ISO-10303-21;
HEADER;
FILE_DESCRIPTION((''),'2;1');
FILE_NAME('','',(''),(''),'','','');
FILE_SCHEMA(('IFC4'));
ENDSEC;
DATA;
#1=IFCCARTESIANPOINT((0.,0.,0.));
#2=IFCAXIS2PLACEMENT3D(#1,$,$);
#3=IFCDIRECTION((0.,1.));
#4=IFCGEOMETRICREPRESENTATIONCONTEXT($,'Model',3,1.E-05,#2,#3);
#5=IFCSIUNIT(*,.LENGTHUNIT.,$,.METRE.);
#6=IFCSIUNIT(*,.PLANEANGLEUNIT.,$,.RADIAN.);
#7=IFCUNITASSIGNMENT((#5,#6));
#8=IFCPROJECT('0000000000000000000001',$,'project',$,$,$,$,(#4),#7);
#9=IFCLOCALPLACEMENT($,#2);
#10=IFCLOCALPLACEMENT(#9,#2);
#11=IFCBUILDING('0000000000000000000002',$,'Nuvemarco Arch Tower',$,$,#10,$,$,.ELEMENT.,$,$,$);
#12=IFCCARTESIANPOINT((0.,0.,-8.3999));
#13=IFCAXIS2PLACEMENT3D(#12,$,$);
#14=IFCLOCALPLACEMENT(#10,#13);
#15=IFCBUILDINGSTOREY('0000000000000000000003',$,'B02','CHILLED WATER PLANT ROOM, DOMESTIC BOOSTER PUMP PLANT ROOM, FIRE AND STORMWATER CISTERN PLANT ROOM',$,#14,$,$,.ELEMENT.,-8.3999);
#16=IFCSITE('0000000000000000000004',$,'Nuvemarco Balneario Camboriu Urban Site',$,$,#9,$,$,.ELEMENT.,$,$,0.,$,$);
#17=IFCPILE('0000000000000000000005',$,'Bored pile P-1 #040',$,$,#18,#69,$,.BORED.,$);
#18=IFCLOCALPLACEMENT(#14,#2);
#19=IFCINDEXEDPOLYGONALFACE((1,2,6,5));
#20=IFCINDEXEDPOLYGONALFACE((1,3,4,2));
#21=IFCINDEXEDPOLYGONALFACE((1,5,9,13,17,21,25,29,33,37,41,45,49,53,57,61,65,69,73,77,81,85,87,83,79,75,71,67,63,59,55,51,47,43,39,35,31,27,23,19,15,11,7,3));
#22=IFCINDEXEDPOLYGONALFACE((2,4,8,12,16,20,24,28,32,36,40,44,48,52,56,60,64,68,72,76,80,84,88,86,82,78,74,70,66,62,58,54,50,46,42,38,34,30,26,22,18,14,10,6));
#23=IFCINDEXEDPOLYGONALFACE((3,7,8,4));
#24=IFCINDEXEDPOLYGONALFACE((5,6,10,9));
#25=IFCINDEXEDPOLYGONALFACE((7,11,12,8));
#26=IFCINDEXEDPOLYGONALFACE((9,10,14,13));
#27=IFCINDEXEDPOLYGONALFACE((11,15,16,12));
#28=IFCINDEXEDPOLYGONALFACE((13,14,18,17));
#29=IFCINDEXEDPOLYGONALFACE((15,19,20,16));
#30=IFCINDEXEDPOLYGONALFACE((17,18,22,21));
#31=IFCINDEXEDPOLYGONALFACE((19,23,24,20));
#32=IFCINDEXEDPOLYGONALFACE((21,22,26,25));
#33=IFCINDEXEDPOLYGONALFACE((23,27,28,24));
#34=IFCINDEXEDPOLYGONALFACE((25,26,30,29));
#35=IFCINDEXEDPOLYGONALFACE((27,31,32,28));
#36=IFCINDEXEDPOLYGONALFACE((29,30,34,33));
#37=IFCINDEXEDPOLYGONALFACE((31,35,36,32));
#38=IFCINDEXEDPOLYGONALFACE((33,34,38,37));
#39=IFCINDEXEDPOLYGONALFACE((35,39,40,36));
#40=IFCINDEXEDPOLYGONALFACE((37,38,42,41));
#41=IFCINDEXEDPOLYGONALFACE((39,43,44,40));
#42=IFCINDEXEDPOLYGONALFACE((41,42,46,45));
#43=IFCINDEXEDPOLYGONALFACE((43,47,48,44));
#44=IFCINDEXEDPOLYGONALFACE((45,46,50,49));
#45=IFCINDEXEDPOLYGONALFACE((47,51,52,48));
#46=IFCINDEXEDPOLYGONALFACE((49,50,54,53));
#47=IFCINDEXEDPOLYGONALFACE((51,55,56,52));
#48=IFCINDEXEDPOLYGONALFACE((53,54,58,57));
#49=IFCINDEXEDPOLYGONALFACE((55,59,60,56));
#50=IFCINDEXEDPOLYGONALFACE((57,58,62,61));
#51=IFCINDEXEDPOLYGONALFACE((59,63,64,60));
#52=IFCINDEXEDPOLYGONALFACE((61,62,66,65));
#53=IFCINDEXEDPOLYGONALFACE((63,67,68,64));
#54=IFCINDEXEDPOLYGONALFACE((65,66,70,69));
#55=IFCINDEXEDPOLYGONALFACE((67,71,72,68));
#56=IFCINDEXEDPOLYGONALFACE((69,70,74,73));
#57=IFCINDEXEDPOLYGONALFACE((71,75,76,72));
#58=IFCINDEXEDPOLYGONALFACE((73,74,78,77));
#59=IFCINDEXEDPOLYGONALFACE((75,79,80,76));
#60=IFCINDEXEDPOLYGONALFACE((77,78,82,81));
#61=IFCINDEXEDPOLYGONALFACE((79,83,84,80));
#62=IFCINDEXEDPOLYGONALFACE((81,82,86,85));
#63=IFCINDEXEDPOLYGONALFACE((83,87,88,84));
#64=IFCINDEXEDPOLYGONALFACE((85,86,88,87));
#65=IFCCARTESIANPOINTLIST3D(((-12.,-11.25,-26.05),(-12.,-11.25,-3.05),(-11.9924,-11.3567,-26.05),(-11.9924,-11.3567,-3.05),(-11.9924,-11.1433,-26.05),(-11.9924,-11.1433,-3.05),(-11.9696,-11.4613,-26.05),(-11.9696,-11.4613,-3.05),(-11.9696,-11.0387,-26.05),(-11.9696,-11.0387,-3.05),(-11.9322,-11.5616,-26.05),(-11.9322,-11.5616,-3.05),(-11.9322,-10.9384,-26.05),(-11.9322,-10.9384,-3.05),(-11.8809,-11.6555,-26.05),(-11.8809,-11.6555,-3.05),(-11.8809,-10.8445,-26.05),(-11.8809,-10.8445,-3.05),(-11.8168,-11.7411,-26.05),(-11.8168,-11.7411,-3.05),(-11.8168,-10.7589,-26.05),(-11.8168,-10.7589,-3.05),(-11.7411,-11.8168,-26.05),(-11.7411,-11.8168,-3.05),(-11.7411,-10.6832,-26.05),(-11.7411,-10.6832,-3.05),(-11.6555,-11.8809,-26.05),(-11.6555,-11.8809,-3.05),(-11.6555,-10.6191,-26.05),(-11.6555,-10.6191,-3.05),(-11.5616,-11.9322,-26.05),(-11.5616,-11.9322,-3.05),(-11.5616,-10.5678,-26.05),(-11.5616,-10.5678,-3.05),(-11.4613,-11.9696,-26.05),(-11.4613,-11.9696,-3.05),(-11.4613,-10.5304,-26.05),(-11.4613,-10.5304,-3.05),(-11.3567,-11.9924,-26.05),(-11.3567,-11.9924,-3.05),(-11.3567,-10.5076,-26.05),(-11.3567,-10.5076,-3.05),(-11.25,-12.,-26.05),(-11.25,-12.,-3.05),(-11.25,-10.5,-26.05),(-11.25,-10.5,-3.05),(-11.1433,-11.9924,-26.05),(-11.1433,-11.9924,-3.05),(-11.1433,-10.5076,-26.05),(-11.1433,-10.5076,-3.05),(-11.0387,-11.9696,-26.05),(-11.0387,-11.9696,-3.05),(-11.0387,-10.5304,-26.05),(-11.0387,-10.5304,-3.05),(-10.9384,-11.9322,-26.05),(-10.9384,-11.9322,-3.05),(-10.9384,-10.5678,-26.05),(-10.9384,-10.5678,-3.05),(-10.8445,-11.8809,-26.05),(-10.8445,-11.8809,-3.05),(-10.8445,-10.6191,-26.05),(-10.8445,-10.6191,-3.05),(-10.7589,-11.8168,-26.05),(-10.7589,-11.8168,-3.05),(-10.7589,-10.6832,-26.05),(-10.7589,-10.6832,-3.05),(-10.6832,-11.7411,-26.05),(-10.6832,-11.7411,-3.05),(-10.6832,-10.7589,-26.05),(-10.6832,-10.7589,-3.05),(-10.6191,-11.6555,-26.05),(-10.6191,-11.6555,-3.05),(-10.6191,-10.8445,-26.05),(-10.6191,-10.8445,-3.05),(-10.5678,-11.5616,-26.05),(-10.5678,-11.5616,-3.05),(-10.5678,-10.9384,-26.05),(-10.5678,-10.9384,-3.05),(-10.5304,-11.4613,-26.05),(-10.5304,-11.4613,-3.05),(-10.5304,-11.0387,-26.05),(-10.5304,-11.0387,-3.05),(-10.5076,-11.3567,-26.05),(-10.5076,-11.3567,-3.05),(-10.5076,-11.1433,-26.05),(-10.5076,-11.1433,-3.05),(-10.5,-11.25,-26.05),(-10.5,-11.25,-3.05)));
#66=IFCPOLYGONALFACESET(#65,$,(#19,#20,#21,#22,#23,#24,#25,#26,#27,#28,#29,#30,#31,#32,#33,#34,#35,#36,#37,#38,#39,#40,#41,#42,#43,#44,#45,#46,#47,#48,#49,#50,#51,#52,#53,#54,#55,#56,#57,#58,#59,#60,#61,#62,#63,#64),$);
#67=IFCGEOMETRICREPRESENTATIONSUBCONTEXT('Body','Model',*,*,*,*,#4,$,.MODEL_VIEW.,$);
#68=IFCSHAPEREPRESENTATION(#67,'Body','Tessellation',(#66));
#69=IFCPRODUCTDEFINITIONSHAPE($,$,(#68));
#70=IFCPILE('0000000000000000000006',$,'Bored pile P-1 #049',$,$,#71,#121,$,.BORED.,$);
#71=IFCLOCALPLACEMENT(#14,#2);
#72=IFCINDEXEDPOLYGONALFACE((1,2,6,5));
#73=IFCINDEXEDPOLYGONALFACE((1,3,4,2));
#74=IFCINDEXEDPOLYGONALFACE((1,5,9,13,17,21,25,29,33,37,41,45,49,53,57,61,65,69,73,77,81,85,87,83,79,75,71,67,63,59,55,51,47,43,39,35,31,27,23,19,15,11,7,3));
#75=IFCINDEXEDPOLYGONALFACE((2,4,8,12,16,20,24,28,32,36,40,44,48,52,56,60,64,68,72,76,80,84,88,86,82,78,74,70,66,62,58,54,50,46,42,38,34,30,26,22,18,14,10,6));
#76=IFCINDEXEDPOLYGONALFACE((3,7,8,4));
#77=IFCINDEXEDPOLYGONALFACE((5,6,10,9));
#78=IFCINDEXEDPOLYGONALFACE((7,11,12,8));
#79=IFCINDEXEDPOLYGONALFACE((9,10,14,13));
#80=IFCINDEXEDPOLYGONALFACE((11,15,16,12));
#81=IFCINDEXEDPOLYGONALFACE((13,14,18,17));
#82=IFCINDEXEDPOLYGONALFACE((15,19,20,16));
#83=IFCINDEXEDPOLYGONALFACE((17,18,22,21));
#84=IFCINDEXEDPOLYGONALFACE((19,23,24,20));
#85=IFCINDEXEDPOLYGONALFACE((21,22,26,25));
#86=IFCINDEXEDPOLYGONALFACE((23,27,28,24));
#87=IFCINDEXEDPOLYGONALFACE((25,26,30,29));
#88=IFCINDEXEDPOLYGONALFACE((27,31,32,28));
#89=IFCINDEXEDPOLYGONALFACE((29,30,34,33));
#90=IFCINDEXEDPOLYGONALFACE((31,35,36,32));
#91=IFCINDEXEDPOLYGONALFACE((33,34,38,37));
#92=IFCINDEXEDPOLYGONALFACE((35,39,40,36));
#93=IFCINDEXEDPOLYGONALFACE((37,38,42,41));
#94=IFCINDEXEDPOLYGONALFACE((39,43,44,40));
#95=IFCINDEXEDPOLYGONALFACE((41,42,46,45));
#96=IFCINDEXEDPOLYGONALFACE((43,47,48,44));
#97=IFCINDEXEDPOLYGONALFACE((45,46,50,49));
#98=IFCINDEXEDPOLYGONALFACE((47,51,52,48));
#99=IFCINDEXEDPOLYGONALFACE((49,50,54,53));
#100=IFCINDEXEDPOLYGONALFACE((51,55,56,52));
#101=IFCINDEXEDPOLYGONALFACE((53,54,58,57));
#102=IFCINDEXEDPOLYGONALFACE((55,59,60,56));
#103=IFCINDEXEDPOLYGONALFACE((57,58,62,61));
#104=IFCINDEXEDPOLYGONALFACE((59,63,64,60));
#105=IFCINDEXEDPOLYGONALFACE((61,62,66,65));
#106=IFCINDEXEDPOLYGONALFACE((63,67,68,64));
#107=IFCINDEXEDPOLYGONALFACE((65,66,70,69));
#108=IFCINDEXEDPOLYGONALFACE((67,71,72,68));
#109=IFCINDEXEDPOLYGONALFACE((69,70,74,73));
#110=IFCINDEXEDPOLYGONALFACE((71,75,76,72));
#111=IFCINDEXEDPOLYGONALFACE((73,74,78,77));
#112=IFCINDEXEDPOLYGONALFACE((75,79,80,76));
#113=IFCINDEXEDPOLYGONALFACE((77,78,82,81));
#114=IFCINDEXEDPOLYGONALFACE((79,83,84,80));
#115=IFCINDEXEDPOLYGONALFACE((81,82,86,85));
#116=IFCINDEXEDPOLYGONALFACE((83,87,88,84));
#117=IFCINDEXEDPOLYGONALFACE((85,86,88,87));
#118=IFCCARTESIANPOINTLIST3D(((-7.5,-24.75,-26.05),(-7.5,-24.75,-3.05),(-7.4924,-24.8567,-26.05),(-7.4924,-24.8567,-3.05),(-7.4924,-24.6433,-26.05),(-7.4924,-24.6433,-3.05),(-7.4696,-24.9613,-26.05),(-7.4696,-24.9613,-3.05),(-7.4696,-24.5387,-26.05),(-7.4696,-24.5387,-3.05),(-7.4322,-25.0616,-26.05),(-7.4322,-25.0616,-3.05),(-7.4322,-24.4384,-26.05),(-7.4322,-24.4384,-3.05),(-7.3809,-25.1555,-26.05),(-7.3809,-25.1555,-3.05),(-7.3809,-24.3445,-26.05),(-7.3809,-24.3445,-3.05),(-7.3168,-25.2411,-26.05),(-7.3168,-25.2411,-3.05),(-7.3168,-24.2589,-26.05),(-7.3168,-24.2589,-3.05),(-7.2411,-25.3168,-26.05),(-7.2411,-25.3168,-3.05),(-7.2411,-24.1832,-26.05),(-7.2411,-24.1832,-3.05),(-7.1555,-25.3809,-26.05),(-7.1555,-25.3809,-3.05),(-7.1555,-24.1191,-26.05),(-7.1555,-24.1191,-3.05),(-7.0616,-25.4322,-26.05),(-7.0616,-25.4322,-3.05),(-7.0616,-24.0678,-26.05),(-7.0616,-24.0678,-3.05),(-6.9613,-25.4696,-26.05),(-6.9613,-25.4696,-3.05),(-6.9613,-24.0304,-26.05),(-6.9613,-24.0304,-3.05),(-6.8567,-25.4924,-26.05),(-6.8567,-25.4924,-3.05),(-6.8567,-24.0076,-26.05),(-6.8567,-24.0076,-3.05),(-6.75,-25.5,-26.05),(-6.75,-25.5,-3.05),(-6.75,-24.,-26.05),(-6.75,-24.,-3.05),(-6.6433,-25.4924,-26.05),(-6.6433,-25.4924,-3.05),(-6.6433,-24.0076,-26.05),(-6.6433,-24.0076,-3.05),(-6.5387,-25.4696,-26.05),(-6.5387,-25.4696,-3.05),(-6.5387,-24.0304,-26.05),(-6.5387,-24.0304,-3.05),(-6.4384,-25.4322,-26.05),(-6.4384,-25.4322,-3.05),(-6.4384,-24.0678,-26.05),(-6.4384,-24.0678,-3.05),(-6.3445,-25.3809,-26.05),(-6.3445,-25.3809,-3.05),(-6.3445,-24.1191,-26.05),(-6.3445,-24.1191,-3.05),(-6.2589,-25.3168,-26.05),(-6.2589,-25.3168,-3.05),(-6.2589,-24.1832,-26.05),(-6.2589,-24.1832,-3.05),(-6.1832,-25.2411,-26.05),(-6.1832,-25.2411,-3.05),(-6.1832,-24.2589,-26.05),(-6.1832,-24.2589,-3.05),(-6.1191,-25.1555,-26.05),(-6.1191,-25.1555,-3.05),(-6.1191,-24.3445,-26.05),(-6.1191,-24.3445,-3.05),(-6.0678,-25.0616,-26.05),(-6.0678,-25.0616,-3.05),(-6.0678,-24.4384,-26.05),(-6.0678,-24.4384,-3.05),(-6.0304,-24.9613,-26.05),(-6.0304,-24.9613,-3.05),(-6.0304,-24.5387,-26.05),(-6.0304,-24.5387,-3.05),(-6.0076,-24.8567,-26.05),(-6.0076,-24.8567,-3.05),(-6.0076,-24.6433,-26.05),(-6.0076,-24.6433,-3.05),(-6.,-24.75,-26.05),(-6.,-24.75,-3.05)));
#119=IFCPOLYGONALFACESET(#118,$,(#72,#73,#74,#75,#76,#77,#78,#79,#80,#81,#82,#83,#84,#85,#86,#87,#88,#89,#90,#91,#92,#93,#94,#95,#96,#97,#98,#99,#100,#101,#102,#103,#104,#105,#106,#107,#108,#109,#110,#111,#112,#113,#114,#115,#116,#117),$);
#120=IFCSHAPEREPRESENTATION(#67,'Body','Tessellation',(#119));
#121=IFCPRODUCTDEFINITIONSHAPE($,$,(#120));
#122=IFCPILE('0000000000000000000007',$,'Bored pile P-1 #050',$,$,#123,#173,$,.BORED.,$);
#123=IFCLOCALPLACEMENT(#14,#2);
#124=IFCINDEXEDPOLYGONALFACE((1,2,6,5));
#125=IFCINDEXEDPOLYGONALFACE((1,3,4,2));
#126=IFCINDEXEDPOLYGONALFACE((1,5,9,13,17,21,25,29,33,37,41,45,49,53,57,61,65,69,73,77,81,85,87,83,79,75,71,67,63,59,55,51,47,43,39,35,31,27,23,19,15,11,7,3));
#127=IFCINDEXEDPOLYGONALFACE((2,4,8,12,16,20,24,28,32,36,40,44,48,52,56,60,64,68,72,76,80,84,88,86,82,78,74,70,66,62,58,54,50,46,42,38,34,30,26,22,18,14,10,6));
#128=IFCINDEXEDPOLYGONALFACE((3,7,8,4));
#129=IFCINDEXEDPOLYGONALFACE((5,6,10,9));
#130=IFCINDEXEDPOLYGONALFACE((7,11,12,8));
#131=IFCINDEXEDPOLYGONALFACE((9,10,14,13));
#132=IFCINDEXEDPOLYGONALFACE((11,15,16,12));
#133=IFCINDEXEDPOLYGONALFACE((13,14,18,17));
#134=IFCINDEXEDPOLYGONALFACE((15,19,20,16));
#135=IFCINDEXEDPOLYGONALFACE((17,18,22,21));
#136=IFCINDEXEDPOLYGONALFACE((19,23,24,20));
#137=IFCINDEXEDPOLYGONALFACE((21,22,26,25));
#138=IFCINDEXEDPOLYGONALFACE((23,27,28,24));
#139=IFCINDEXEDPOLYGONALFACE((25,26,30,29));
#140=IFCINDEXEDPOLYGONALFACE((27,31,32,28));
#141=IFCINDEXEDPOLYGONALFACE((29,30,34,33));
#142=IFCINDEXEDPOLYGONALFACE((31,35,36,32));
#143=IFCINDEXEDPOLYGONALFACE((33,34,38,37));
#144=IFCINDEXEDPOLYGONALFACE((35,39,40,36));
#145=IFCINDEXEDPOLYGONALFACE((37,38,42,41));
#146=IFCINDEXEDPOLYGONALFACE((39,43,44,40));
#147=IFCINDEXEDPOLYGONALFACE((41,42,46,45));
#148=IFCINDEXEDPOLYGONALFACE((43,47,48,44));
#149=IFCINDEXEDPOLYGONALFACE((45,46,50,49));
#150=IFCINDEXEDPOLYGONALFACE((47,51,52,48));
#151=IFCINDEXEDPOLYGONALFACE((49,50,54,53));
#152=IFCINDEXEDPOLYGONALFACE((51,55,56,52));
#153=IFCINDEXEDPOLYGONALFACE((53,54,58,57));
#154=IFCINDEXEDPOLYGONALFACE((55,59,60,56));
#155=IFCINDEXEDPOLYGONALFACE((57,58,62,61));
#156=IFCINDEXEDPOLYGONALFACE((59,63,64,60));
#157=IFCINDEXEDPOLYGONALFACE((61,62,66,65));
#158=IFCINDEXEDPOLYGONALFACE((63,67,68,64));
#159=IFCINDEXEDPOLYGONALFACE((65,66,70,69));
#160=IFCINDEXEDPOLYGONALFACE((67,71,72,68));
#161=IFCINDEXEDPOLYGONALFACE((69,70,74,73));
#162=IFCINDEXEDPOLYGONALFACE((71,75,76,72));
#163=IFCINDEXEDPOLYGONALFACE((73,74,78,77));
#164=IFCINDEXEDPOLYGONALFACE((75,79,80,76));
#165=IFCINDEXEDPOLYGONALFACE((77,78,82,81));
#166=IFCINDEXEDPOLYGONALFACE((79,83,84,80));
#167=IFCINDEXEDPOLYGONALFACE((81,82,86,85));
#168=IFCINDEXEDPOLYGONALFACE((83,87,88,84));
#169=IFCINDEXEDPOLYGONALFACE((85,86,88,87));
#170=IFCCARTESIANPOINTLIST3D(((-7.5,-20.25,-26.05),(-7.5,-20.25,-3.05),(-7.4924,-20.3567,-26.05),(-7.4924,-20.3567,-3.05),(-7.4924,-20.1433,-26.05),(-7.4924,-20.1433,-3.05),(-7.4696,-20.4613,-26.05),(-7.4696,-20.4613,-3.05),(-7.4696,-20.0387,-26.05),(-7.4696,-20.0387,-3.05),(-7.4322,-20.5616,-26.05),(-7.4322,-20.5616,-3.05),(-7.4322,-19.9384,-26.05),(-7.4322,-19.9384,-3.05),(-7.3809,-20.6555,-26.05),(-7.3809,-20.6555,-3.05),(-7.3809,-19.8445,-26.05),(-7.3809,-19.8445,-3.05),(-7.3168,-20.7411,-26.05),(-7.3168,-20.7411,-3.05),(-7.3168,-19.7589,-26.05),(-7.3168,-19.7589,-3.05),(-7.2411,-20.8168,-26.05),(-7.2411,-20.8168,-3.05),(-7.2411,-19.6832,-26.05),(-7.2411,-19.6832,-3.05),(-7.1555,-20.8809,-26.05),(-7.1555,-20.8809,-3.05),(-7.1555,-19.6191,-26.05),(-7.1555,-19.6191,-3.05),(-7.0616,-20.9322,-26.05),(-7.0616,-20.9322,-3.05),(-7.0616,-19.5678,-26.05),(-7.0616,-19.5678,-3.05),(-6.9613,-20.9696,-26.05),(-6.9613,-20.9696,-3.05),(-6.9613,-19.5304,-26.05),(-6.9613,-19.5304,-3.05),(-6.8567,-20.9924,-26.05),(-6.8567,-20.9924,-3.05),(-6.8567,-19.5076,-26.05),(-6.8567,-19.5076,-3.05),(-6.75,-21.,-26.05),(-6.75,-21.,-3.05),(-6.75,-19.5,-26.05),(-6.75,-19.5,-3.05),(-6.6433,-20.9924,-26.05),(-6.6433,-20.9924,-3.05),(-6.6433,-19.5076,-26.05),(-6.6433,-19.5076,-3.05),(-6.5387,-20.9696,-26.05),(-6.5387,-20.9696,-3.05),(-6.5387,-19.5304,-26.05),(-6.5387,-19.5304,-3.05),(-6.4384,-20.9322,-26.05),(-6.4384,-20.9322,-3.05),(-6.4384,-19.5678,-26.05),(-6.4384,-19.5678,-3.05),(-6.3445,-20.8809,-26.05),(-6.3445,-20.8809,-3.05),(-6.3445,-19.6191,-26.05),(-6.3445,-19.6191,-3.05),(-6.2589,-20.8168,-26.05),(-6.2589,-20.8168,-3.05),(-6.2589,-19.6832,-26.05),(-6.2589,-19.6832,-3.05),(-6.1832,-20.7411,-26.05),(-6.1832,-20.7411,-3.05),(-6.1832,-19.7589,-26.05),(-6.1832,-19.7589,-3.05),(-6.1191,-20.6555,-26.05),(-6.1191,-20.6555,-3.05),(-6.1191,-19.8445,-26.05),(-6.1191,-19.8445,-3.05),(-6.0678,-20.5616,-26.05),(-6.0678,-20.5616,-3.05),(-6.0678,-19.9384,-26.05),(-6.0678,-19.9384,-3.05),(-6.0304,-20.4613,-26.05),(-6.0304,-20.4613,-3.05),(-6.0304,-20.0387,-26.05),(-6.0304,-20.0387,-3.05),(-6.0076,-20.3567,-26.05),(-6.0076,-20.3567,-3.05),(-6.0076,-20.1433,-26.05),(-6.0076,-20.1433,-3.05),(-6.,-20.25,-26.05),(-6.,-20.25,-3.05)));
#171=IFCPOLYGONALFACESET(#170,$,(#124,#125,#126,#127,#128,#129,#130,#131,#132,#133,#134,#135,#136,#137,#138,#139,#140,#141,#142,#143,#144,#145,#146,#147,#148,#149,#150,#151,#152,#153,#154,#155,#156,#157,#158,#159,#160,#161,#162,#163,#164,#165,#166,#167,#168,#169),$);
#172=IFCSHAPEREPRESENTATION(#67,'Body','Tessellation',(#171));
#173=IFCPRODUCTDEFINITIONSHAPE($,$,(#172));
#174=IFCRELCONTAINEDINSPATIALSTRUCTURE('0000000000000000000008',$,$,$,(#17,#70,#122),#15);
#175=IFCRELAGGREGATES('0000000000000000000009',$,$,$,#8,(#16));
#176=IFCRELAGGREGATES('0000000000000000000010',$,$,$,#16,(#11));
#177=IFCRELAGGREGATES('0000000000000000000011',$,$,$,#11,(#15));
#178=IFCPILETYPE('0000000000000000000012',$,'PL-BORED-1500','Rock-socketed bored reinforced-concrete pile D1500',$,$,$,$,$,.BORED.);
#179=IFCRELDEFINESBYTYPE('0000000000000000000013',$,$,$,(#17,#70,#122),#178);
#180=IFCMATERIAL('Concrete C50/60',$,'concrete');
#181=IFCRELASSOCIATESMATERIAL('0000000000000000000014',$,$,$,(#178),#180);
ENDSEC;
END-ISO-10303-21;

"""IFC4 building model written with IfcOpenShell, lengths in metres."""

from ifc_helpers import new_model, si_unit, direction, frame, origin, origin_2d, place, context, subcontext, project, spatial, circle, extrude, material, material_profile, profile_set, type_object, element, save


model = new_model("IFC4")

# Units and contexts
model_context = context("Model", 3, precision=1e-05, world=origin(), true_north=direction((0.0, 1.0)))
body_context = subcontext(model_context, "Body", "Model", "MODEL_VIEW")
ifc_project = project(units=[si_unit("LENGTHUNIT", "METRE"), si_unit("PLANEANGLEUNIT", "RADIAN")], contexts=[model_context])

# Site, building, storey
site_placement = place(None, origin())
site = spatial("IfcSite", under=ifc_project, at=site_placement, Name="Nuvemarco Balneario Camboriu Urban Site", CompositionType="ELEMENT", RefElevation=0.0)
building_placement = place(site_placement, origin())
building = spatial("IfcBuilding", under=site, at=building_placement, Name="Nuvemarco Arch Tower", CompositionType="ELEMENT")
storey_placement = place(building_placement, frame((0.0, 0.0, -8.3999)))
storey = spatial("IfcBuildingStorey", under=building, at=storey_placement, Name="B02", Description="CHILLED WATER PLANT ROOM, DOMESTIC BOOSTER PUMP PLANT ROOM, FIRE AND STORMWATER CISTERN PLANT ROOM", CompositionType="ELEMENT", Elevation=-8.3999)

# Piles
ifc_material_1 = material(Name="Concrete C50/60", Category="concrete")
ifc_material_profile_1 = material_profile(ifc_material_1, circle(Radius=0.75, at=origin_2d()), Name="PILE-D1500")
ifc_profile_set_1 = profile_set([ifc_material_profile_1], Name="Concrete C50/60")
pile_type = type_object("IfcPileType", Name="PL-BORED-1500", Description="Rock-socketed bored reinforced-concrete pile D1500", PredefinedType="BORED", material=ifc_profile_set_1)
for number, where, z_axis, x_axis, name in (
    (1, (-11.25, -11.25, -3.05), (0.0, 0.0, -1.0), (1.0, 0.0, 0.0), "Bored pile P-1 #040"),
    (2, (-6.75, -24.75, -3.05), (0.0, 0.0, -1.0), (1.0, 0.0, 0.0), "Bored pile P-1 #049"),
    (3, (-6.75, -20.25, -3.05), (0.0, 0.0, -1.0), (1.0, 0.0, 0.0), "Bored pile P-1 #050"),
):
    element("IfcPile", number, at=place(storey_placement, frame(where, z_axis=z_axis, x_axis=x_axis)), inside=storey, type_object=pile_type, Name=name, PredefinedType="BORED", context=body_context, shape_type="SweptSolid", body=[
        extrude(circle(Radius=0.75, at=origin_2d()), origin(), (0.0, 0.0, 1.0), 23.0),
    ])

save(model, "model.ifc")
